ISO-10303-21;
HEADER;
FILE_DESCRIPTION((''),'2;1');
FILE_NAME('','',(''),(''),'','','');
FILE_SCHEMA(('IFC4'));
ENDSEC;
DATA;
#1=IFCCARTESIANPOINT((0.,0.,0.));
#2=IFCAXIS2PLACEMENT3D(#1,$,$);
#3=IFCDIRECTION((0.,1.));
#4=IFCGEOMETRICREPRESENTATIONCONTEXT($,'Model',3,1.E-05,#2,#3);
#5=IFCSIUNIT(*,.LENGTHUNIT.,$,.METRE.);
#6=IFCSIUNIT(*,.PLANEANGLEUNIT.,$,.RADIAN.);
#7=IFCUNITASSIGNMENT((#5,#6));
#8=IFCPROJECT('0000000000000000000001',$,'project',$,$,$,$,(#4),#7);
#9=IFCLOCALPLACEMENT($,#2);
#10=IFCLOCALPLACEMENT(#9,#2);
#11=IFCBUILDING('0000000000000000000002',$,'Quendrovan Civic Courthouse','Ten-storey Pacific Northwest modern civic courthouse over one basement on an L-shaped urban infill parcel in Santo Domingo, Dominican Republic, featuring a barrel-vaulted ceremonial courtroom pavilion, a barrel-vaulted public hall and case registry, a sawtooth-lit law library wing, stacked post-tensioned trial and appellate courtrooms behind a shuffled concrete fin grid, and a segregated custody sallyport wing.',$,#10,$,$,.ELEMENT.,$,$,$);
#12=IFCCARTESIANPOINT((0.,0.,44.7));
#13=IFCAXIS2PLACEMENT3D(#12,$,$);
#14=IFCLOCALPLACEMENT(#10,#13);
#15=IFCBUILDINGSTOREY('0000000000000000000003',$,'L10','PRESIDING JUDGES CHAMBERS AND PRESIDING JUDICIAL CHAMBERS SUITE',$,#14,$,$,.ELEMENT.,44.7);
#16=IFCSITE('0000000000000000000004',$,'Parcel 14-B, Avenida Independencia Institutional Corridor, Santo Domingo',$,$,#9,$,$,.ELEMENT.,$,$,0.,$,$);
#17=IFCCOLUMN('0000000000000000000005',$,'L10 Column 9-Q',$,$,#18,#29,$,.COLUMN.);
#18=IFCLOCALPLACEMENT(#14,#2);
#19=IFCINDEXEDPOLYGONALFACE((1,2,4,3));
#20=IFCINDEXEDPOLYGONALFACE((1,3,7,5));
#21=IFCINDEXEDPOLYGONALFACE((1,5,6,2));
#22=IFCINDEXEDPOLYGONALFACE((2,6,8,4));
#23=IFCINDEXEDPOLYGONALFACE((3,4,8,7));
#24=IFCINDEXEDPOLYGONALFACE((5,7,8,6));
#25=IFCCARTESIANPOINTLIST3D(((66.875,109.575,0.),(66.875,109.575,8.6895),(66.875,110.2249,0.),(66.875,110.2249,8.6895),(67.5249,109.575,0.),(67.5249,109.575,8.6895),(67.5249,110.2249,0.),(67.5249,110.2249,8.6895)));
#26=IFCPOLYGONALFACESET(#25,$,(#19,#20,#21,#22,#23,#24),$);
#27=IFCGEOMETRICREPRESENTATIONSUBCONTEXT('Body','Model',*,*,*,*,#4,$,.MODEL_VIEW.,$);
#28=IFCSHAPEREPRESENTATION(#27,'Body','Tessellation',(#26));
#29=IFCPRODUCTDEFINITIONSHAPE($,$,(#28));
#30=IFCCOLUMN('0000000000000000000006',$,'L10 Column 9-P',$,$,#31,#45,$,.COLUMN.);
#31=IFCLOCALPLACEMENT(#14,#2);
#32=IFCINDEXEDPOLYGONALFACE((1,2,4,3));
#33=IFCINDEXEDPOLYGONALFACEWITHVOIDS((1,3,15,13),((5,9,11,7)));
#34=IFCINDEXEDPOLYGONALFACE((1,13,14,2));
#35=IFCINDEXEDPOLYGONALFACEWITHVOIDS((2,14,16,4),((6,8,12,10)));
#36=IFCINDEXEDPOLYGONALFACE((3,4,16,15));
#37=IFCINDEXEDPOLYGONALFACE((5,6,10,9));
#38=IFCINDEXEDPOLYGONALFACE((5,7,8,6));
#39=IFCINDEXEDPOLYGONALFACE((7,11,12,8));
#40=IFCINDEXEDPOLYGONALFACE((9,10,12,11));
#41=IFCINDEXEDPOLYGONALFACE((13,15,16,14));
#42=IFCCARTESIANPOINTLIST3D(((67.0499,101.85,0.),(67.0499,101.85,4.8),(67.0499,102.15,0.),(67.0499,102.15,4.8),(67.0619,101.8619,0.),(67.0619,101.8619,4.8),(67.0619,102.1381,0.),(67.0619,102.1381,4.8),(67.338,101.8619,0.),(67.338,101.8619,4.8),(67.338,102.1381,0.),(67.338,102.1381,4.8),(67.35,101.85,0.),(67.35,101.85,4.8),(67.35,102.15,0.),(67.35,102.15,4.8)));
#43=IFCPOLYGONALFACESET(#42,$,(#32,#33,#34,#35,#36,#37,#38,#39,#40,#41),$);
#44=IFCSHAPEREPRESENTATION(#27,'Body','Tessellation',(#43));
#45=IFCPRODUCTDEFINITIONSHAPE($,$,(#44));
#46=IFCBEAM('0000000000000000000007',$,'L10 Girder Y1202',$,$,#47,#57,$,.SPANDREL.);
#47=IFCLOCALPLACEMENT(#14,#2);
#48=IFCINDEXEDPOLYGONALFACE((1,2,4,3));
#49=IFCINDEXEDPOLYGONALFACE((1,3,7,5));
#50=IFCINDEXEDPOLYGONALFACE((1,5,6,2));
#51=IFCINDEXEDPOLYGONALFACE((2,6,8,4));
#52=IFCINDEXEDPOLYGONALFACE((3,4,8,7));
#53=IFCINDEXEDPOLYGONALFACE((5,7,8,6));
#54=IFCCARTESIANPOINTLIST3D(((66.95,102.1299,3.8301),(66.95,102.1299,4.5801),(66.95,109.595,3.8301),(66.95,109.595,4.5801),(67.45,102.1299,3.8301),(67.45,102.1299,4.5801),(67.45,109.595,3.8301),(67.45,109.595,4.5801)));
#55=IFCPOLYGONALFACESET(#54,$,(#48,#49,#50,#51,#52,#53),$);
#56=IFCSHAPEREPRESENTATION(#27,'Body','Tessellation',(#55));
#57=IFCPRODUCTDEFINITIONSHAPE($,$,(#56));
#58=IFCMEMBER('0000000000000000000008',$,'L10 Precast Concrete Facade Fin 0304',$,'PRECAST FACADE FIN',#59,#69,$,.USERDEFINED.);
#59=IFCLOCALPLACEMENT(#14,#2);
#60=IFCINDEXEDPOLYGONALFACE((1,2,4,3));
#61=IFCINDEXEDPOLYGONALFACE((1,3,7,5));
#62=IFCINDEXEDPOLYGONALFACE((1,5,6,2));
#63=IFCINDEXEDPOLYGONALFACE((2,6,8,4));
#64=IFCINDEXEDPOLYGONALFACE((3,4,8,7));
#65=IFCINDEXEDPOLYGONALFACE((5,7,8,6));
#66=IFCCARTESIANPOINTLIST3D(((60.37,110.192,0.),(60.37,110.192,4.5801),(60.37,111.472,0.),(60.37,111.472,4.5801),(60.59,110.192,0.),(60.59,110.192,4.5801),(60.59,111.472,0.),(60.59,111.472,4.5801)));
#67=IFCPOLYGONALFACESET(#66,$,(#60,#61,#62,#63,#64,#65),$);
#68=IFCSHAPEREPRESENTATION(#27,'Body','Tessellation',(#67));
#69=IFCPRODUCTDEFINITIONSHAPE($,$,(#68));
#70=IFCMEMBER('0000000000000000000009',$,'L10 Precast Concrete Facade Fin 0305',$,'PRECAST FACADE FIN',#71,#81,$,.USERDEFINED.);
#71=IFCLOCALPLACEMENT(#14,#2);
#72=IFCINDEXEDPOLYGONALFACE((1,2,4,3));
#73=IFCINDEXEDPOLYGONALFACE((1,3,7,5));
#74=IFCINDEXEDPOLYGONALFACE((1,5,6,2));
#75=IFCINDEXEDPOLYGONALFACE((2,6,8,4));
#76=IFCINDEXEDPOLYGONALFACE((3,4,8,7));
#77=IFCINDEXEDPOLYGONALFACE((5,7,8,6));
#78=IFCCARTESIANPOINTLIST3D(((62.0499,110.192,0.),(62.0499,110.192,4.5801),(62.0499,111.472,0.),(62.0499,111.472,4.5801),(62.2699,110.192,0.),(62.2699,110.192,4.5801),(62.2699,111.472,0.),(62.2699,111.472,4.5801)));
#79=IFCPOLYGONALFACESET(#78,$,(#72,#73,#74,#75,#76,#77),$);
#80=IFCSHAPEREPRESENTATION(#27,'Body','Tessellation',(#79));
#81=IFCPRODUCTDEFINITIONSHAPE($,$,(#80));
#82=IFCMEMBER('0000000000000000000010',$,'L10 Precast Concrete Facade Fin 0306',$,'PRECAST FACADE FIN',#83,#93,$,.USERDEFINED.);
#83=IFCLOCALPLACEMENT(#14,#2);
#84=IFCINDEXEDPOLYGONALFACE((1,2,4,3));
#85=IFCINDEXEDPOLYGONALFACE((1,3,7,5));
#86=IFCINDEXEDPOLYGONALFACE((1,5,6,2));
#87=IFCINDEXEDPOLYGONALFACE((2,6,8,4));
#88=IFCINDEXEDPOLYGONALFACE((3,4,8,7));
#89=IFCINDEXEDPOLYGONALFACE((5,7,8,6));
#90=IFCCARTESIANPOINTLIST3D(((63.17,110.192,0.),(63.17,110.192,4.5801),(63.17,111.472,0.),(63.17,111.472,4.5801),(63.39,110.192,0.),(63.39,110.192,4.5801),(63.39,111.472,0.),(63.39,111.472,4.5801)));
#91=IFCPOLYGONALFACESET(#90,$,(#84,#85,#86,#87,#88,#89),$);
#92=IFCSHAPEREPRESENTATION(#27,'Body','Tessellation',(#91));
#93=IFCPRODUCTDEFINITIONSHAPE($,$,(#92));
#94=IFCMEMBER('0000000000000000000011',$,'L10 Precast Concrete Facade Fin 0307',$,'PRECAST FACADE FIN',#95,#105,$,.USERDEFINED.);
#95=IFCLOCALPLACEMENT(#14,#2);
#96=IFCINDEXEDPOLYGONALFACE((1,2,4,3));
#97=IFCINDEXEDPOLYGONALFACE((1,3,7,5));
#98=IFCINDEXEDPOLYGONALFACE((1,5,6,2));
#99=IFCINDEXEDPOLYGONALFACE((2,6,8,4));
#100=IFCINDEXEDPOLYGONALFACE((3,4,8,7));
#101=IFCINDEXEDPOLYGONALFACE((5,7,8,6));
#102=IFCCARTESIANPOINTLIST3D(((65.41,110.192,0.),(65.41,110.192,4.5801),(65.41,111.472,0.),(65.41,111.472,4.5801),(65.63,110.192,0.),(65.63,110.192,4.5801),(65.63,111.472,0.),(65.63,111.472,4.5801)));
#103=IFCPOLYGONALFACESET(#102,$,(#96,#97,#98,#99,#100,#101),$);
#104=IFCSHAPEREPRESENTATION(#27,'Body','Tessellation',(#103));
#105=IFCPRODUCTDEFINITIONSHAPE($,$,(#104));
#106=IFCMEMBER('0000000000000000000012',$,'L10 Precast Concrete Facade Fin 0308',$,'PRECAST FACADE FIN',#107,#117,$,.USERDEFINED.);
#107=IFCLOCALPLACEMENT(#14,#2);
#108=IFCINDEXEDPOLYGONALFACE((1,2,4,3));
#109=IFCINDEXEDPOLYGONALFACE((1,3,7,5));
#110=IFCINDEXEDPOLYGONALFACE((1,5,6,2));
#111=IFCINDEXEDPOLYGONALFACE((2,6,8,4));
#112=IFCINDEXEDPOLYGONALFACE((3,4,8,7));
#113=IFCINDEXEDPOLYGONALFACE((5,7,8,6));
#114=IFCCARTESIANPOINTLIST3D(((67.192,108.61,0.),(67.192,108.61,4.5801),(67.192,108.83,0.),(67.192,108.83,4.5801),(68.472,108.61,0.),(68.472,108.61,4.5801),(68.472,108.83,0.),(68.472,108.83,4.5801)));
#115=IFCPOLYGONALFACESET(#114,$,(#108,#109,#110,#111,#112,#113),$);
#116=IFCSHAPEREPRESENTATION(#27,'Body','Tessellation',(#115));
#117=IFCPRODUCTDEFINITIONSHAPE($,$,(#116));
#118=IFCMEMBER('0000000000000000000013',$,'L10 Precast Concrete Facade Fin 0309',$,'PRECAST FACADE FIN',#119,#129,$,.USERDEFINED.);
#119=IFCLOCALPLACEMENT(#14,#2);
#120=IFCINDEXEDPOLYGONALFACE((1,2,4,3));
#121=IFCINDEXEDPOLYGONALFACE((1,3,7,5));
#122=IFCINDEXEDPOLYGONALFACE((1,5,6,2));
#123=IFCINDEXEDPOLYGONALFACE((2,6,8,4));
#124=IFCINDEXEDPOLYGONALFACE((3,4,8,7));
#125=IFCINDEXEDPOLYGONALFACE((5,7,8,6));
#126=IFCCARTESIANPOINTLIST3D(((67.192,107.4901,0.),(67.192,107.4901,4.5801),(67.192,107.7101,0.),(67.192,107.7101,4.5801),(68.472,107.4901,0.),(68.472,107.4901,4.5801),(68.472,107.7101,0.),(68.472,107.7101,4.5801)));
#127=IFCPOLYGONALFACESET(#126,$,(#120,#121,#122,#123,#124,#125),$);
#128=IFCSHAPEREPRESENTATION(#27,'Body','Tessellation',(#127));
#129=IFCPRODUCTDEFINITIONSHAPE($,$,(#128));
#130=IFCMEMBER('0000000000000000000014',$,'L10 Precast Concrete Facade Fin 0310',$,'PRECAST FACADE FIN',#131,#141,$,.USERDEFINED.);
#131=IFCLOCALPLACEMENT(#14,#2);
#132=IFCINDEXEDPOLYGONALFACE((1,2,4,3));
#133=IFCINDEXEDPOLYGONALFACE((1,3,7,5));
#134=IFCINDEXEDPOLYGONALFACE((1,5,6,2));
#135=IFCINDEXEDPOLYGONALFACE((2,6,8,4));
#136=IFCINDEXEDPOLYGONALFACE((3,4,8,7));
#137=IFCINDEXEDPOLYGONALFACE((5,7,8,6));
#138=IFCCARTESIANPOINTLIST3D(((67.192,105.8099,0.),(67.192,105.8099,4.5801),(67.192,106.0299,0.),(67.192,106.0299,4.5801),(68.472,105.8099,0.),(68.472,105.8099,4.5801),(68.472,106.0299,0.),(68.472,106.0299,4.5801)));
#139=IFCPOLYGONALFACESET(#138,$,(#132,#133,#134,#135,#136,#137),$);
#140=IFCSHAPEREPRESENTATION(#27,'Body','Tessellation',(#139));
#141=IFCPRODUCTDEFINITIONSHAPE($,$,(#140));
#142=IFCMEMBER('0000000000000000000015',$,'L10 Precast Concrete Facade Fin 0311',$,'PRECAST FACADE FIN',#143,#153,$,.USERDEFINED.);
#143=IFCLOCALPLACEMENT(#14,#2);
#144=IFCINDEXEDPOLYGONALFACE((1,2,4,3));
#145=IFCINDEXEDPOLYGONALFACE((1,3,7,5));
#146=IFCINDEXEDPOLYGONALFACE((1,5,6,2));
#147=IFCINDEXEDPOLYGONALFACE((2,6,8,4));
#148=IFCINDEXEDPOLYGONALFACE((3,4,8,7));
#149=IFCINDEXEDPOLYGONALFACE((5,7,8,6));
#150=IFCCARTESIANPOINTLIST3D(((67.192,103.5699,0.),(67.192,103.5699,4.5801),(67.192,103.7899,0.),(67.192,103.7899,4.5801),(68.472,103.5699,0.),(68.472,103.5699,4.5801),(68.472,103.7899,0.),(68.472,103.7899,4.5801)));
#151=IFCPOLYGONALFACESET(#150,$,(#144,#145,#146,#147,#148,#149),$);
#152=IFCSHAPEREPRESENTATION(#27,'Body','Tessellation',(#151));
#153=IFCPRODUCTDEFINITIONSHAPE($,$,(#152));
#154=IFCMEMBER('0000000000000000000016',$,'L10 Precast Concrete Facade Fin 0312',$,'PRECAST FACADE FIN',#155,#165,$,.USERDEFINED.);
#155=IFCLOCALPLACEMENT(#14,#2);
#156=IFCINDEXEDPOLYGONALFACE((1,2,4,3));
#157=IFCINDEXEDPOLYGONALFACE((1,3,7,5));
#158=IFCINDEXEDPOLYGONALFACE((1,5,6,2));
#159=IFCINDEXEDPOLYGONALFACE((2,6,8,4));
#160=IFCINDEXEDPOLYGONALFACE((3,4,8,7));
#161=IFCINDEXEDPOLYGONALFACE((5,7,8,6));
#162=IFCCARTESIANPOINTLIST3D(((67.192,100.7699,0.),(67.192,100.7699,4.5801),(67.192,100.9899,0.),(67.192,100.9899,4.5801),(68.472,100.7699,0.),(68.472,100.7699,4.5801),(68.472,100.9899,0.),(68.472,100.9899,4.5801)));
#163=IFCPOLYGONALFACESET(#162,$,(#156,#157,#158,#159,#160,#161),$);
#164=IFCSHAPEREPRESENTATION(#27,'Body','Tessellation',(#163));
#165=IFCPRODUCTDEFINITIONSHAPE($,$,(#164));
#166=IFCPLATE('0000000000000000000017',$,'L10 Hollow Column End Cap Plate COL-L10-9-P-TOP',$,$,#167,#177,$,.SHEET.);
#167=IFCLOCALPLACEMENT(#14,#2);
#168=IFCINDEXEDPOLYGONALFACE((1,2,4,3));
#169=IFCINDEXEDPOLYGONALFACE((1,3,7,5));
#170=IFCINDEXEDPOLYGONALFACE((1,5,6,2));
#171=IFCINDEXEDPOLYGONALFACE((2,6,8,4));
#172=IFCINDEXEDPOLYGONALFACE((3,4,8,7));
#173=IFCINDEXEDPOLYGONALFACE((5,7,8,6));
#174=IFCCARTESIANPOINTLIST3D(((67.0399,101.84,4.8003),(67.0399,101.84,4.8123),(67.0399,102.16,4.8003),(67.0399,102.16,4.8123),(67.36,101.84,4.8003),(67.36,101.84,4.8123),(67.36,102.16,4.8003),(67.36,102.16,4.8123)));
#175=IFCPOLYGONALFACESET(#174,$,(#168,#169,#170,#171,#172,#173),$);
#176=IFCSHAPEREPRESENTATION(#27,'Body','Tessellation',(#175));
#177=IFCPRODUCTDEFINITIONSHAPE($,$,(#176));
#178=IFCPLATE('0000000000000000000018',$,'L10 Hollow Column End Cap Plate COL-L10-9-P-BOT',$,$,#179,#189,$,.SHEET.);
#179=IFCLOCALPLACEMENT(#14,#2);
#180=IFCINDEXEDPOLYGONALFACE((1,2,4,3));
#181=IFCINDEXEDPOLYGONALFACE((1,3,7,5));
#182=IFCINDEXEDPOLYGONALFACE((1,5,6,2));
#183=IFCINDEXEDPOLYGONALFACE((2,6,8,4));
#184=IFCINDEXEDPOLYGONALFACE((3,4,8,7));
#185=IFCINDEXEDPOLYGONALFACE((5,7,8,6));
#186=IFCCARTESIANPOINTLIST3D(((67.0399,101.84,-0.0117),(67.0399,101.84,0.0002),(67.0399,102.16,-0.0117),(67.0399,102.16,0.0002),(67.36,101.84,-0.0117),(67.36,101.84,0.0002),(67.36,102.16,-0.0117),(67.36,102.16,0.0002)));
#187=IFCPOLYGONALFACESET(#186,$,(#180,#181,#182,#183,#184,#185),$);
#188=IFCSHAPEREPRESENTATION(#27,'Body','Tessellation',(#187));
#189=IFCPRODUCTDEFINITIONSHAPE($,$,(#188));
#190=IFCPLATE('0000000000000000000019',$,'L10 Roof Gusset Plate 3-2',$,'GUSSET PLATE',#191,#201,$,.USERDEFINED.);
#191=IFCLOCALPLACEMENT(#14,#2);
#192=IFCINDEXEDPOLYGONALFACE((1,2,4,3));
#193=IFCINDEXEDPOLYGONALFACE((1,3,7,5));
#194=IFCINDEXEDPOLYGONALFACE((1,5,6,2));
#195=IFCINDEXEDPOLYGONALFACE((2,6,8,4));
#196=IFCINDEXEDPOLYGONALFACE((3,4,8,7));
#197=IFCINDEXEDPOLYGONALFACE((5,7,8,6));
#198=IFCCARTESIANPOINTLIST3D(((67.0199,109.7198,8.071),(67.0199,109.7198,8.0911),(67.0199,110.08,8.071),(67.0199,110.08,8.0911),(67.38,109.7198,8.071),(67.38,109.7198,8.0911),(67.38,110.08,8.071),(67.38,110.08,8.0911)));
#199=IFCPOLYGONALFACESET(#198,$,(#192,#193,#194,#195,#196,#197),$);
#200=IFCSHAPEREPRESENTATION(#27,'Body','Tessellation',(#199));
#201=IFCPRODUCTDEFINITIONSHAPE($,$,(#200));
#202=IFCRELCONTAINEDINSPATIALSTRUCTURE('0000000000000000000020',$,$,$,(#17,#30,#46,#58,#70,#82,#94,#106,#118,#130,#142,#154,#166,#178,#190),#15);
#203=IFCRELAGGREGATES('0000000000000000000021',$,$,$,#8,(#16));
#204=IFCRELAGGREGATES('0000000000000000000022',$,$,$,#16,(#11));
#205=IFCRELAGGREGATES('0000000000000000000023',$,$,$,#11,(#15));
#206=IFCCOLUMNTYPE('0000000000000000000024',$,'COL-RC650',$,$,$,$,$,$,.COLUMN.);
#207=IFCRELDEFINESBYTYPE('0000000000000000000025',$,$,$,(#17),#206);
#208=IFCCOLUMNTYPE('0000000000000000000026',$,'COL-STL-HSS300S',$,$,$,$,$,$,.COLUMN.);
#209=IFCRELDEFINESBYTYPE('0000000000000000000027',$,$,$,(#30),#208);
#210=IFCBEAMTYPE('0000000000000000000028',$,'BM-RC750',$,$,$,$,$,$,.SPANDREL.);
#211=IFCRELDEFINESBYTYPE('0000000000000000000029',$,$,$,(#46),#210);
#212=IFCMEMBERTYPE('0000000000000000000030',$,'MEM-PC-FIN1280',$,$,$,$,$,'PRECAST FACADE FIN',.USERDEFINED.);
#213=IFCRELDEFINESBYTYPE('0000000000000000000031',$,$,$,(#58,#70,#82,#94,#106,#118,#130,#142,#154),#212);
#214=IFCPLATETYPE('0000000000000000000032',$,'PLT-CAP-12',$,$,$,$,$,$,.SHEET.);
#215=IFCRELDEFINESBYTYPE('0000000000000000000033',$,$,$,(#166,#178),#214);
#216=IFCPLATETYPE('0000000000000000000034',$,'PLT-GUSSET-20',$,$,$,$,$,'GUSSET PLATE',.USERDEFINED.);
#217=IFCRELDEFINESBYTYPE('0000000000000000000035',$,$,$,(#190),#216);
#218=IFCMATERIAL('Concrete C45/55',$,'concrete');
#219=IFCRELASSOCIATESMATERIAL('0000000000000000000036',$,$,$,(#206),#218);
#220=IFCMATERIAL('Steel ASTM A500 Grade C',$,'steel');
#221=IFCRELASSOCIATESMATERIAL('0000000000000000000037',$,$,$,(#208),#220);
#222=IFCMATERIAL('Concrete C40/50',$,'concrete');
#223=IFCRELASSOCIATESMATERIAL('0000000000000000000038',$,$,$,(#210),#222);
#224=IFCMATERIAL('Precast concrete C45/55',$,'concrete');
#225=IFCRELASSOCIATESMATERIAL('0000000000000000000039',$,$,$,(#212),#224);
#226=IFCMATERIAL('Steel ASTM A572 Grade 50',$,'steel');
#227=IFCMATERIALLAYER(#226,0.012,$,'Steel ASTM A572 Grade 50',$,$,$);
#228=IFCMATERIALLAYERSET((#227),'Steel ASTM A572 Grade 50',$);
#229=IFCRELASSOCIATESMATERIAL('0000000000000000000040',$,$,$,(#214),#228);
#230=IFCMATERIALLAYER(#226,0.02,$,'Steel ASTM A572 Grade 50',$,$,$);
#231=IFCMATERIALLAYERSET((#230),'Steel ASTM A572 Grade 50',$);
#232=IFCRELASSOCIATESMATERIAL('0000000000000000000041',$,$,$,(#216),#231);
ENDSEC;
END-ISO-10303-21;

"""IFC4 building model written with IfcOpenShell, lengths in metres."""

from ifc_helpers import new_model, si_unit, direction, frame, origin, origin_2d, place, context, subcontext, project, spatial, rectangle, hollow_rectangle, extrude, material, layer, layer_set, material_profile, profile_set, type_object, element, save


model = new_model("IFC4")

# Units and contexts
model_context = context("Model", 3, precision=1e-05, world=origin(), true_north=direction((0.0, 1.0)))
body_context = subcontext(model_context, "Body", "Model", "MODEL_VIEW")
ifc_project = project(units=[si_unit("LENGTHUNIT", "METRE"), si_unit("PLANEANGLEUNIT", "RADIAN")], contexts=[model_context])

# Site, building, storey
site_placement = place(None, origin())
site = spatial("IfcSite", under=ifc_project, at=site_placement, Name="Parcel 14-B, Avenida Independencia Institutional Corridor, Santo Domingo", CompositionType="ELEMENT", RefElevation=0.0)
building_placement = place(site_placement, origin())
building = spatial("IfcBuilding", under=site, at=building_placement, Name="Quendrovan Civic Courthouse", Description="Ten-storey Pacific Northwest modern civic courthouse over one basement on an L-shaped urban infill parcel in Santo Domingo, Dominican Republic, featuring a barrel-vaulted ceremonial courtroom pavilion, a barrel-vaulted public hall and case registry, a sawtooth-lit law library wing, stacked post-tensioned trial and appellate courtrooms behind a shuffled concrete fin grid, and a segregated custody sallyport wing.", CompositionType="ELEMENT")
storey_placement = place(building_placement, frame((0.0, 0.0, 44.7)))
storey = spatial("IfcBuildingStorey", under=building, at=storey_placement, Name="L10", Description="PRESIDING JUDGES CHAMBERS AND PRESIDING JUDICIAL CHAMBERS SUITE", CompositionType="ELEMENT", Elevation=44.7)

# Columns
ifc_material_1 = material(Name="Concrete C45/55", Category="concrete")
ifc_material_profile_1 = material_profile(ifc_material_1, rectangle(XDim=0.6499, YDim=0.6499, at=origin_2d()), Name="RC-COL-650x650")
ifc_profile_set_1 = profile_set([ifc_material_profile_1], Name="Concrete C45/55")
column_type_1 = type_object("IfcColumnType", Name="COL-RC650", PredefinedType="COLUMN", material=ifc_profile_set_1)
column_1_placement = place(storey_placement, frame((67.2, 109.8999, 0.0), z_axis=(0.0, 0.0, 1.0), x_axis=(1.0, 0.0, 0.0)))
element("IfcColumn", 1, at=column_1_placement, inside=storey, type_object=column_type_1, Name="L10 Column 9-Q", PredefinedType="COLUMN", context=body_context, shape_type="SweptSolid", body=[
    extrude(rectangle(XDim=0.6499, YDim=0.6499, at=origin_2d()), origin(), (0.0, 0.0, 1.0), 8.6895),
])
ifc_material_2 = material(Name="Steel ASTM A500 Grade C", Category="steel")
ifc_material_profile_2 = material_profile(ifc_material_2, hollow_rectangle(XDim=0.3, YDim=0.3, WallThickness=0.012, at=origin_2d()), Name="HSS300x300x12")
ifc_profile_set_2 = profile_set([ifc_material_profile_2], Name="Steel ASTM A500 Grade C")
column_type_2 = type_object("IfcColumnType", Name="COL-STL-HSS300S", PredefinedType="COLUMN", material=ifc_profile_set_2)
column_2_placement = place(storey_placement, frame((67.2, 102.0, 0.0), z_axis=(0.0, 0.0, 1.0), x_axis=(1.0, 0.0, 0.0)))
element("IfcColumn", 2, at=column_2_placement, inside=storey, type_object=column_type_2, Name="L10 Column 9-P", PredefinedType="COLUMN", context=body_context, shape_type="SweptSolid", body=[
    extrude(hollow_rectangle(XDim=0.3, YDim=0.3, WallThickness=0.012, at=origin_2d()), origin(), (0.0, 0.0, 1.0), 4.8),
])

# Beam
ifc_material_3 = material(Name="Concrete C40/50", Category="concrete")
ifc_material_profile_3 = material_profile(ifc_material_3, rectangle(XDim=0.5, YDim=0.75, at=origin_2d()), Name="RC-BM-500x750")
ifc_profile_set_3 = profile_set([ifc_material_profile_3], Name="Concrete C40/50")
beam_type = type_object("IfcBeamType", Name="BM-RC750", PredefinedType="SPANDREL", material=ifc_profile_set_3)
beam_placement = place(storey_placement, frame((67.2, 102.1299, 4.2051), z_axis=(0.0, 1.0, 0.0), x_axis=(-1.0, 0.0, 0.0)))
element("IfcBeam", 3, at=beam_placement, inside=storey, type_object=beam_type, Name="L10 Girder Y1202", PredefinedType="SPANDREL", context=body_context, shape_type="SweptSolid", body=[
    extrude(rectangle(XDim=0.5, YDim=0.75, at=origin_2d()), origin(), (0.0, 0.0, 1.0), 7.4651),
])

# Members
ifc_material_4 = material(Name="Precast concrete C45/55", Category="concrete")
ifc_material_profile_4 = material_profile(ifc_material_4, rectangle(XDim=0.22, YDim=1.28, at=origin_2d()), Name="PC-FIN-220x1280")
ifc_profile_set_4 = profile_set([ifc_material_profile_4], Name="Precast concrete C45/55")
member_type = type_object("IfcMemberType", Name="MEM-PC-FIN1280", ElementType="PRECAST FACADE FIN", PredefinedType="USERDEFINED", material=ifc_profile_set_4)
for number, where, z_axis, x_axis, name in (
    (4, (60.48, 110.832, 0.0), (0.0, 0.0, 1.0), (1.0, 0.0, 0.0), "L10 Precast Concrete Facade Fin 0304"),
    (5, (62.1599, 110.832, 0.0), (0.0, 0.0, 1.0), (1.0, 0.0, 0.0), "L10 Precast Concrete Facade Fin 0305"),
    (6, (63.28, 110.832, 0.0), (0.0, 0.0, 1.0), (1.0, 0.0, 0.0), "L10 Precast Concrete Facade Fin 0306"),
    (7, (65.52, 110.832, 0.0), (0.0, 0.0, 1.0), (1.0, 0.0, 0.0), "L10 Precast Concrete Facade Fin 0307"),
    (8, (67.832, 108.72, 0.0), (0.0, 0.0, 1.0), (0.0, -1.0, 0.0), "L10 Precast Concrete Facade Fin 0308"),
    (9, (67.832, 107.6001, 0.0), (0.0, 0.0, 1.0), (0.0, -1.0, 0.0), "L10 Precast Concrete Facade Fin 0309"),
    (10, (67.832, 105.9199, 0.0), (0.0, 0.0, 1.0), (0.0, -1.0, 0.0), "L10 Precast Concrete Facade Fin 0310"),
    (11, (67.832, 103.6799, 0.0), (0.0, 0.0, 1.0), (0.0, -1.0, 0.0), "L10 Precast Concrete Facade Fin 0311"),
    (12, (67.832, 100.8799, 0.0), (0.0, 0.0, 1.0), (0.0, -1.0, 0.0), "L10 Precast Concrete Facade Fin 0312"),
):
    element("IfcMember", number, at=place(storey_placement, frame(where, z_axis=z_axis, x_axis=x_axis)), inside=storey, type_object=member_type, Name=name, ObjectType="PRECAST FACADE FIN", PredefinedType="USERDEFINED", context=body_context, shape_type="SweptSolid", body=[
        extrude(rectangle(XDim=0.22, YDim=1.28, at=origin_2d()), origin(), (0.0, 0.0, 1.0), 4.5801),
    ])

# Plates
ifc_material_5 = material(Name="Steel ASTM A572 Grade 50", Category="steel")
ifc_layer_1 = layer(ifc_material_5, 0.012, Name="Steel ASTM A572 Grade 50")
ifc_layer_set_1 = layer_set([ifc_layer_1], Name="Steel ASTM A572 Grade 50")
plate_type_1 = type_object("IfcPlateType", Name="PLT-CAP-12", PredefinedType="SHEET", material=ifc_layer_set_1)
for number, where, z_axis, x_axis, name in (
    (13, (67.2, 102.0, 4.8003), (0.0, 0.0, 1.0), (1.0, 0.0, 0.0), "L10 Hollow Column End Cap Plate COL-L10-9-P-TOP"),
    (14, (67.2, 102.0, -0.0117), (0.0, 0.0, 1.0), (1.0, 0.0, 0.0), "L10 Hollow Column End Cap Plate COL-L10-9-P-BOT"),
):
    element("IfcPlate", number, at=place(storey_placement, frame(where, z_axis=z_axis, x_axis=x_axis)), inside=storey, type_object=plate_type_1, Name=name, PredefinedType="SHEET", context=body_context, shape_type="SweptSolid", body=[
        extrude(rectangle(XDim=0.3201, YDim=0.3201, at=origin_2d()), origin(), (0.0, 0.0, 1.0), 0.012),
    ])
ifc_layer_2 = layer(ifc_material_5, 0.02, Name="Steel ASTM A572 Grade 50")
ifc_layer_set_2 = layer_set([ifc_layer_2], Name="Steel ASTM A572 Grade 50")
plate_type_2 = type_object("IfcPlateType", Name="PLT-GUSSET-20", ElementType="GUSSET PLATE", PredefinedType="USERDEFINED", material=ifc_layer_set_2)
plate_placement = place(storey_placement, frame((67.2, 109.8999, 8.071), z_axis=(0.0, 0.0, 1.0), x_axis=(1.0, 0.0, 0.0)))
element("IfcPlate", 15, at=plate_placement, inside=storey, type_object=plate_type_2, Name="L10 Roof Gusset Plate 3-2", ObjectType="GUSSET PLATE", PredefinedType="USERDEFINED", context=body_context, shape_type="SweptSolid", body=[
    extrude(rectangle(XDim=0.3601, YDim=0.3601, at=origin_2d()), origin(), (0.0, 0.0, 1.0), 0.02),
])

save(model, "model.ifc")
